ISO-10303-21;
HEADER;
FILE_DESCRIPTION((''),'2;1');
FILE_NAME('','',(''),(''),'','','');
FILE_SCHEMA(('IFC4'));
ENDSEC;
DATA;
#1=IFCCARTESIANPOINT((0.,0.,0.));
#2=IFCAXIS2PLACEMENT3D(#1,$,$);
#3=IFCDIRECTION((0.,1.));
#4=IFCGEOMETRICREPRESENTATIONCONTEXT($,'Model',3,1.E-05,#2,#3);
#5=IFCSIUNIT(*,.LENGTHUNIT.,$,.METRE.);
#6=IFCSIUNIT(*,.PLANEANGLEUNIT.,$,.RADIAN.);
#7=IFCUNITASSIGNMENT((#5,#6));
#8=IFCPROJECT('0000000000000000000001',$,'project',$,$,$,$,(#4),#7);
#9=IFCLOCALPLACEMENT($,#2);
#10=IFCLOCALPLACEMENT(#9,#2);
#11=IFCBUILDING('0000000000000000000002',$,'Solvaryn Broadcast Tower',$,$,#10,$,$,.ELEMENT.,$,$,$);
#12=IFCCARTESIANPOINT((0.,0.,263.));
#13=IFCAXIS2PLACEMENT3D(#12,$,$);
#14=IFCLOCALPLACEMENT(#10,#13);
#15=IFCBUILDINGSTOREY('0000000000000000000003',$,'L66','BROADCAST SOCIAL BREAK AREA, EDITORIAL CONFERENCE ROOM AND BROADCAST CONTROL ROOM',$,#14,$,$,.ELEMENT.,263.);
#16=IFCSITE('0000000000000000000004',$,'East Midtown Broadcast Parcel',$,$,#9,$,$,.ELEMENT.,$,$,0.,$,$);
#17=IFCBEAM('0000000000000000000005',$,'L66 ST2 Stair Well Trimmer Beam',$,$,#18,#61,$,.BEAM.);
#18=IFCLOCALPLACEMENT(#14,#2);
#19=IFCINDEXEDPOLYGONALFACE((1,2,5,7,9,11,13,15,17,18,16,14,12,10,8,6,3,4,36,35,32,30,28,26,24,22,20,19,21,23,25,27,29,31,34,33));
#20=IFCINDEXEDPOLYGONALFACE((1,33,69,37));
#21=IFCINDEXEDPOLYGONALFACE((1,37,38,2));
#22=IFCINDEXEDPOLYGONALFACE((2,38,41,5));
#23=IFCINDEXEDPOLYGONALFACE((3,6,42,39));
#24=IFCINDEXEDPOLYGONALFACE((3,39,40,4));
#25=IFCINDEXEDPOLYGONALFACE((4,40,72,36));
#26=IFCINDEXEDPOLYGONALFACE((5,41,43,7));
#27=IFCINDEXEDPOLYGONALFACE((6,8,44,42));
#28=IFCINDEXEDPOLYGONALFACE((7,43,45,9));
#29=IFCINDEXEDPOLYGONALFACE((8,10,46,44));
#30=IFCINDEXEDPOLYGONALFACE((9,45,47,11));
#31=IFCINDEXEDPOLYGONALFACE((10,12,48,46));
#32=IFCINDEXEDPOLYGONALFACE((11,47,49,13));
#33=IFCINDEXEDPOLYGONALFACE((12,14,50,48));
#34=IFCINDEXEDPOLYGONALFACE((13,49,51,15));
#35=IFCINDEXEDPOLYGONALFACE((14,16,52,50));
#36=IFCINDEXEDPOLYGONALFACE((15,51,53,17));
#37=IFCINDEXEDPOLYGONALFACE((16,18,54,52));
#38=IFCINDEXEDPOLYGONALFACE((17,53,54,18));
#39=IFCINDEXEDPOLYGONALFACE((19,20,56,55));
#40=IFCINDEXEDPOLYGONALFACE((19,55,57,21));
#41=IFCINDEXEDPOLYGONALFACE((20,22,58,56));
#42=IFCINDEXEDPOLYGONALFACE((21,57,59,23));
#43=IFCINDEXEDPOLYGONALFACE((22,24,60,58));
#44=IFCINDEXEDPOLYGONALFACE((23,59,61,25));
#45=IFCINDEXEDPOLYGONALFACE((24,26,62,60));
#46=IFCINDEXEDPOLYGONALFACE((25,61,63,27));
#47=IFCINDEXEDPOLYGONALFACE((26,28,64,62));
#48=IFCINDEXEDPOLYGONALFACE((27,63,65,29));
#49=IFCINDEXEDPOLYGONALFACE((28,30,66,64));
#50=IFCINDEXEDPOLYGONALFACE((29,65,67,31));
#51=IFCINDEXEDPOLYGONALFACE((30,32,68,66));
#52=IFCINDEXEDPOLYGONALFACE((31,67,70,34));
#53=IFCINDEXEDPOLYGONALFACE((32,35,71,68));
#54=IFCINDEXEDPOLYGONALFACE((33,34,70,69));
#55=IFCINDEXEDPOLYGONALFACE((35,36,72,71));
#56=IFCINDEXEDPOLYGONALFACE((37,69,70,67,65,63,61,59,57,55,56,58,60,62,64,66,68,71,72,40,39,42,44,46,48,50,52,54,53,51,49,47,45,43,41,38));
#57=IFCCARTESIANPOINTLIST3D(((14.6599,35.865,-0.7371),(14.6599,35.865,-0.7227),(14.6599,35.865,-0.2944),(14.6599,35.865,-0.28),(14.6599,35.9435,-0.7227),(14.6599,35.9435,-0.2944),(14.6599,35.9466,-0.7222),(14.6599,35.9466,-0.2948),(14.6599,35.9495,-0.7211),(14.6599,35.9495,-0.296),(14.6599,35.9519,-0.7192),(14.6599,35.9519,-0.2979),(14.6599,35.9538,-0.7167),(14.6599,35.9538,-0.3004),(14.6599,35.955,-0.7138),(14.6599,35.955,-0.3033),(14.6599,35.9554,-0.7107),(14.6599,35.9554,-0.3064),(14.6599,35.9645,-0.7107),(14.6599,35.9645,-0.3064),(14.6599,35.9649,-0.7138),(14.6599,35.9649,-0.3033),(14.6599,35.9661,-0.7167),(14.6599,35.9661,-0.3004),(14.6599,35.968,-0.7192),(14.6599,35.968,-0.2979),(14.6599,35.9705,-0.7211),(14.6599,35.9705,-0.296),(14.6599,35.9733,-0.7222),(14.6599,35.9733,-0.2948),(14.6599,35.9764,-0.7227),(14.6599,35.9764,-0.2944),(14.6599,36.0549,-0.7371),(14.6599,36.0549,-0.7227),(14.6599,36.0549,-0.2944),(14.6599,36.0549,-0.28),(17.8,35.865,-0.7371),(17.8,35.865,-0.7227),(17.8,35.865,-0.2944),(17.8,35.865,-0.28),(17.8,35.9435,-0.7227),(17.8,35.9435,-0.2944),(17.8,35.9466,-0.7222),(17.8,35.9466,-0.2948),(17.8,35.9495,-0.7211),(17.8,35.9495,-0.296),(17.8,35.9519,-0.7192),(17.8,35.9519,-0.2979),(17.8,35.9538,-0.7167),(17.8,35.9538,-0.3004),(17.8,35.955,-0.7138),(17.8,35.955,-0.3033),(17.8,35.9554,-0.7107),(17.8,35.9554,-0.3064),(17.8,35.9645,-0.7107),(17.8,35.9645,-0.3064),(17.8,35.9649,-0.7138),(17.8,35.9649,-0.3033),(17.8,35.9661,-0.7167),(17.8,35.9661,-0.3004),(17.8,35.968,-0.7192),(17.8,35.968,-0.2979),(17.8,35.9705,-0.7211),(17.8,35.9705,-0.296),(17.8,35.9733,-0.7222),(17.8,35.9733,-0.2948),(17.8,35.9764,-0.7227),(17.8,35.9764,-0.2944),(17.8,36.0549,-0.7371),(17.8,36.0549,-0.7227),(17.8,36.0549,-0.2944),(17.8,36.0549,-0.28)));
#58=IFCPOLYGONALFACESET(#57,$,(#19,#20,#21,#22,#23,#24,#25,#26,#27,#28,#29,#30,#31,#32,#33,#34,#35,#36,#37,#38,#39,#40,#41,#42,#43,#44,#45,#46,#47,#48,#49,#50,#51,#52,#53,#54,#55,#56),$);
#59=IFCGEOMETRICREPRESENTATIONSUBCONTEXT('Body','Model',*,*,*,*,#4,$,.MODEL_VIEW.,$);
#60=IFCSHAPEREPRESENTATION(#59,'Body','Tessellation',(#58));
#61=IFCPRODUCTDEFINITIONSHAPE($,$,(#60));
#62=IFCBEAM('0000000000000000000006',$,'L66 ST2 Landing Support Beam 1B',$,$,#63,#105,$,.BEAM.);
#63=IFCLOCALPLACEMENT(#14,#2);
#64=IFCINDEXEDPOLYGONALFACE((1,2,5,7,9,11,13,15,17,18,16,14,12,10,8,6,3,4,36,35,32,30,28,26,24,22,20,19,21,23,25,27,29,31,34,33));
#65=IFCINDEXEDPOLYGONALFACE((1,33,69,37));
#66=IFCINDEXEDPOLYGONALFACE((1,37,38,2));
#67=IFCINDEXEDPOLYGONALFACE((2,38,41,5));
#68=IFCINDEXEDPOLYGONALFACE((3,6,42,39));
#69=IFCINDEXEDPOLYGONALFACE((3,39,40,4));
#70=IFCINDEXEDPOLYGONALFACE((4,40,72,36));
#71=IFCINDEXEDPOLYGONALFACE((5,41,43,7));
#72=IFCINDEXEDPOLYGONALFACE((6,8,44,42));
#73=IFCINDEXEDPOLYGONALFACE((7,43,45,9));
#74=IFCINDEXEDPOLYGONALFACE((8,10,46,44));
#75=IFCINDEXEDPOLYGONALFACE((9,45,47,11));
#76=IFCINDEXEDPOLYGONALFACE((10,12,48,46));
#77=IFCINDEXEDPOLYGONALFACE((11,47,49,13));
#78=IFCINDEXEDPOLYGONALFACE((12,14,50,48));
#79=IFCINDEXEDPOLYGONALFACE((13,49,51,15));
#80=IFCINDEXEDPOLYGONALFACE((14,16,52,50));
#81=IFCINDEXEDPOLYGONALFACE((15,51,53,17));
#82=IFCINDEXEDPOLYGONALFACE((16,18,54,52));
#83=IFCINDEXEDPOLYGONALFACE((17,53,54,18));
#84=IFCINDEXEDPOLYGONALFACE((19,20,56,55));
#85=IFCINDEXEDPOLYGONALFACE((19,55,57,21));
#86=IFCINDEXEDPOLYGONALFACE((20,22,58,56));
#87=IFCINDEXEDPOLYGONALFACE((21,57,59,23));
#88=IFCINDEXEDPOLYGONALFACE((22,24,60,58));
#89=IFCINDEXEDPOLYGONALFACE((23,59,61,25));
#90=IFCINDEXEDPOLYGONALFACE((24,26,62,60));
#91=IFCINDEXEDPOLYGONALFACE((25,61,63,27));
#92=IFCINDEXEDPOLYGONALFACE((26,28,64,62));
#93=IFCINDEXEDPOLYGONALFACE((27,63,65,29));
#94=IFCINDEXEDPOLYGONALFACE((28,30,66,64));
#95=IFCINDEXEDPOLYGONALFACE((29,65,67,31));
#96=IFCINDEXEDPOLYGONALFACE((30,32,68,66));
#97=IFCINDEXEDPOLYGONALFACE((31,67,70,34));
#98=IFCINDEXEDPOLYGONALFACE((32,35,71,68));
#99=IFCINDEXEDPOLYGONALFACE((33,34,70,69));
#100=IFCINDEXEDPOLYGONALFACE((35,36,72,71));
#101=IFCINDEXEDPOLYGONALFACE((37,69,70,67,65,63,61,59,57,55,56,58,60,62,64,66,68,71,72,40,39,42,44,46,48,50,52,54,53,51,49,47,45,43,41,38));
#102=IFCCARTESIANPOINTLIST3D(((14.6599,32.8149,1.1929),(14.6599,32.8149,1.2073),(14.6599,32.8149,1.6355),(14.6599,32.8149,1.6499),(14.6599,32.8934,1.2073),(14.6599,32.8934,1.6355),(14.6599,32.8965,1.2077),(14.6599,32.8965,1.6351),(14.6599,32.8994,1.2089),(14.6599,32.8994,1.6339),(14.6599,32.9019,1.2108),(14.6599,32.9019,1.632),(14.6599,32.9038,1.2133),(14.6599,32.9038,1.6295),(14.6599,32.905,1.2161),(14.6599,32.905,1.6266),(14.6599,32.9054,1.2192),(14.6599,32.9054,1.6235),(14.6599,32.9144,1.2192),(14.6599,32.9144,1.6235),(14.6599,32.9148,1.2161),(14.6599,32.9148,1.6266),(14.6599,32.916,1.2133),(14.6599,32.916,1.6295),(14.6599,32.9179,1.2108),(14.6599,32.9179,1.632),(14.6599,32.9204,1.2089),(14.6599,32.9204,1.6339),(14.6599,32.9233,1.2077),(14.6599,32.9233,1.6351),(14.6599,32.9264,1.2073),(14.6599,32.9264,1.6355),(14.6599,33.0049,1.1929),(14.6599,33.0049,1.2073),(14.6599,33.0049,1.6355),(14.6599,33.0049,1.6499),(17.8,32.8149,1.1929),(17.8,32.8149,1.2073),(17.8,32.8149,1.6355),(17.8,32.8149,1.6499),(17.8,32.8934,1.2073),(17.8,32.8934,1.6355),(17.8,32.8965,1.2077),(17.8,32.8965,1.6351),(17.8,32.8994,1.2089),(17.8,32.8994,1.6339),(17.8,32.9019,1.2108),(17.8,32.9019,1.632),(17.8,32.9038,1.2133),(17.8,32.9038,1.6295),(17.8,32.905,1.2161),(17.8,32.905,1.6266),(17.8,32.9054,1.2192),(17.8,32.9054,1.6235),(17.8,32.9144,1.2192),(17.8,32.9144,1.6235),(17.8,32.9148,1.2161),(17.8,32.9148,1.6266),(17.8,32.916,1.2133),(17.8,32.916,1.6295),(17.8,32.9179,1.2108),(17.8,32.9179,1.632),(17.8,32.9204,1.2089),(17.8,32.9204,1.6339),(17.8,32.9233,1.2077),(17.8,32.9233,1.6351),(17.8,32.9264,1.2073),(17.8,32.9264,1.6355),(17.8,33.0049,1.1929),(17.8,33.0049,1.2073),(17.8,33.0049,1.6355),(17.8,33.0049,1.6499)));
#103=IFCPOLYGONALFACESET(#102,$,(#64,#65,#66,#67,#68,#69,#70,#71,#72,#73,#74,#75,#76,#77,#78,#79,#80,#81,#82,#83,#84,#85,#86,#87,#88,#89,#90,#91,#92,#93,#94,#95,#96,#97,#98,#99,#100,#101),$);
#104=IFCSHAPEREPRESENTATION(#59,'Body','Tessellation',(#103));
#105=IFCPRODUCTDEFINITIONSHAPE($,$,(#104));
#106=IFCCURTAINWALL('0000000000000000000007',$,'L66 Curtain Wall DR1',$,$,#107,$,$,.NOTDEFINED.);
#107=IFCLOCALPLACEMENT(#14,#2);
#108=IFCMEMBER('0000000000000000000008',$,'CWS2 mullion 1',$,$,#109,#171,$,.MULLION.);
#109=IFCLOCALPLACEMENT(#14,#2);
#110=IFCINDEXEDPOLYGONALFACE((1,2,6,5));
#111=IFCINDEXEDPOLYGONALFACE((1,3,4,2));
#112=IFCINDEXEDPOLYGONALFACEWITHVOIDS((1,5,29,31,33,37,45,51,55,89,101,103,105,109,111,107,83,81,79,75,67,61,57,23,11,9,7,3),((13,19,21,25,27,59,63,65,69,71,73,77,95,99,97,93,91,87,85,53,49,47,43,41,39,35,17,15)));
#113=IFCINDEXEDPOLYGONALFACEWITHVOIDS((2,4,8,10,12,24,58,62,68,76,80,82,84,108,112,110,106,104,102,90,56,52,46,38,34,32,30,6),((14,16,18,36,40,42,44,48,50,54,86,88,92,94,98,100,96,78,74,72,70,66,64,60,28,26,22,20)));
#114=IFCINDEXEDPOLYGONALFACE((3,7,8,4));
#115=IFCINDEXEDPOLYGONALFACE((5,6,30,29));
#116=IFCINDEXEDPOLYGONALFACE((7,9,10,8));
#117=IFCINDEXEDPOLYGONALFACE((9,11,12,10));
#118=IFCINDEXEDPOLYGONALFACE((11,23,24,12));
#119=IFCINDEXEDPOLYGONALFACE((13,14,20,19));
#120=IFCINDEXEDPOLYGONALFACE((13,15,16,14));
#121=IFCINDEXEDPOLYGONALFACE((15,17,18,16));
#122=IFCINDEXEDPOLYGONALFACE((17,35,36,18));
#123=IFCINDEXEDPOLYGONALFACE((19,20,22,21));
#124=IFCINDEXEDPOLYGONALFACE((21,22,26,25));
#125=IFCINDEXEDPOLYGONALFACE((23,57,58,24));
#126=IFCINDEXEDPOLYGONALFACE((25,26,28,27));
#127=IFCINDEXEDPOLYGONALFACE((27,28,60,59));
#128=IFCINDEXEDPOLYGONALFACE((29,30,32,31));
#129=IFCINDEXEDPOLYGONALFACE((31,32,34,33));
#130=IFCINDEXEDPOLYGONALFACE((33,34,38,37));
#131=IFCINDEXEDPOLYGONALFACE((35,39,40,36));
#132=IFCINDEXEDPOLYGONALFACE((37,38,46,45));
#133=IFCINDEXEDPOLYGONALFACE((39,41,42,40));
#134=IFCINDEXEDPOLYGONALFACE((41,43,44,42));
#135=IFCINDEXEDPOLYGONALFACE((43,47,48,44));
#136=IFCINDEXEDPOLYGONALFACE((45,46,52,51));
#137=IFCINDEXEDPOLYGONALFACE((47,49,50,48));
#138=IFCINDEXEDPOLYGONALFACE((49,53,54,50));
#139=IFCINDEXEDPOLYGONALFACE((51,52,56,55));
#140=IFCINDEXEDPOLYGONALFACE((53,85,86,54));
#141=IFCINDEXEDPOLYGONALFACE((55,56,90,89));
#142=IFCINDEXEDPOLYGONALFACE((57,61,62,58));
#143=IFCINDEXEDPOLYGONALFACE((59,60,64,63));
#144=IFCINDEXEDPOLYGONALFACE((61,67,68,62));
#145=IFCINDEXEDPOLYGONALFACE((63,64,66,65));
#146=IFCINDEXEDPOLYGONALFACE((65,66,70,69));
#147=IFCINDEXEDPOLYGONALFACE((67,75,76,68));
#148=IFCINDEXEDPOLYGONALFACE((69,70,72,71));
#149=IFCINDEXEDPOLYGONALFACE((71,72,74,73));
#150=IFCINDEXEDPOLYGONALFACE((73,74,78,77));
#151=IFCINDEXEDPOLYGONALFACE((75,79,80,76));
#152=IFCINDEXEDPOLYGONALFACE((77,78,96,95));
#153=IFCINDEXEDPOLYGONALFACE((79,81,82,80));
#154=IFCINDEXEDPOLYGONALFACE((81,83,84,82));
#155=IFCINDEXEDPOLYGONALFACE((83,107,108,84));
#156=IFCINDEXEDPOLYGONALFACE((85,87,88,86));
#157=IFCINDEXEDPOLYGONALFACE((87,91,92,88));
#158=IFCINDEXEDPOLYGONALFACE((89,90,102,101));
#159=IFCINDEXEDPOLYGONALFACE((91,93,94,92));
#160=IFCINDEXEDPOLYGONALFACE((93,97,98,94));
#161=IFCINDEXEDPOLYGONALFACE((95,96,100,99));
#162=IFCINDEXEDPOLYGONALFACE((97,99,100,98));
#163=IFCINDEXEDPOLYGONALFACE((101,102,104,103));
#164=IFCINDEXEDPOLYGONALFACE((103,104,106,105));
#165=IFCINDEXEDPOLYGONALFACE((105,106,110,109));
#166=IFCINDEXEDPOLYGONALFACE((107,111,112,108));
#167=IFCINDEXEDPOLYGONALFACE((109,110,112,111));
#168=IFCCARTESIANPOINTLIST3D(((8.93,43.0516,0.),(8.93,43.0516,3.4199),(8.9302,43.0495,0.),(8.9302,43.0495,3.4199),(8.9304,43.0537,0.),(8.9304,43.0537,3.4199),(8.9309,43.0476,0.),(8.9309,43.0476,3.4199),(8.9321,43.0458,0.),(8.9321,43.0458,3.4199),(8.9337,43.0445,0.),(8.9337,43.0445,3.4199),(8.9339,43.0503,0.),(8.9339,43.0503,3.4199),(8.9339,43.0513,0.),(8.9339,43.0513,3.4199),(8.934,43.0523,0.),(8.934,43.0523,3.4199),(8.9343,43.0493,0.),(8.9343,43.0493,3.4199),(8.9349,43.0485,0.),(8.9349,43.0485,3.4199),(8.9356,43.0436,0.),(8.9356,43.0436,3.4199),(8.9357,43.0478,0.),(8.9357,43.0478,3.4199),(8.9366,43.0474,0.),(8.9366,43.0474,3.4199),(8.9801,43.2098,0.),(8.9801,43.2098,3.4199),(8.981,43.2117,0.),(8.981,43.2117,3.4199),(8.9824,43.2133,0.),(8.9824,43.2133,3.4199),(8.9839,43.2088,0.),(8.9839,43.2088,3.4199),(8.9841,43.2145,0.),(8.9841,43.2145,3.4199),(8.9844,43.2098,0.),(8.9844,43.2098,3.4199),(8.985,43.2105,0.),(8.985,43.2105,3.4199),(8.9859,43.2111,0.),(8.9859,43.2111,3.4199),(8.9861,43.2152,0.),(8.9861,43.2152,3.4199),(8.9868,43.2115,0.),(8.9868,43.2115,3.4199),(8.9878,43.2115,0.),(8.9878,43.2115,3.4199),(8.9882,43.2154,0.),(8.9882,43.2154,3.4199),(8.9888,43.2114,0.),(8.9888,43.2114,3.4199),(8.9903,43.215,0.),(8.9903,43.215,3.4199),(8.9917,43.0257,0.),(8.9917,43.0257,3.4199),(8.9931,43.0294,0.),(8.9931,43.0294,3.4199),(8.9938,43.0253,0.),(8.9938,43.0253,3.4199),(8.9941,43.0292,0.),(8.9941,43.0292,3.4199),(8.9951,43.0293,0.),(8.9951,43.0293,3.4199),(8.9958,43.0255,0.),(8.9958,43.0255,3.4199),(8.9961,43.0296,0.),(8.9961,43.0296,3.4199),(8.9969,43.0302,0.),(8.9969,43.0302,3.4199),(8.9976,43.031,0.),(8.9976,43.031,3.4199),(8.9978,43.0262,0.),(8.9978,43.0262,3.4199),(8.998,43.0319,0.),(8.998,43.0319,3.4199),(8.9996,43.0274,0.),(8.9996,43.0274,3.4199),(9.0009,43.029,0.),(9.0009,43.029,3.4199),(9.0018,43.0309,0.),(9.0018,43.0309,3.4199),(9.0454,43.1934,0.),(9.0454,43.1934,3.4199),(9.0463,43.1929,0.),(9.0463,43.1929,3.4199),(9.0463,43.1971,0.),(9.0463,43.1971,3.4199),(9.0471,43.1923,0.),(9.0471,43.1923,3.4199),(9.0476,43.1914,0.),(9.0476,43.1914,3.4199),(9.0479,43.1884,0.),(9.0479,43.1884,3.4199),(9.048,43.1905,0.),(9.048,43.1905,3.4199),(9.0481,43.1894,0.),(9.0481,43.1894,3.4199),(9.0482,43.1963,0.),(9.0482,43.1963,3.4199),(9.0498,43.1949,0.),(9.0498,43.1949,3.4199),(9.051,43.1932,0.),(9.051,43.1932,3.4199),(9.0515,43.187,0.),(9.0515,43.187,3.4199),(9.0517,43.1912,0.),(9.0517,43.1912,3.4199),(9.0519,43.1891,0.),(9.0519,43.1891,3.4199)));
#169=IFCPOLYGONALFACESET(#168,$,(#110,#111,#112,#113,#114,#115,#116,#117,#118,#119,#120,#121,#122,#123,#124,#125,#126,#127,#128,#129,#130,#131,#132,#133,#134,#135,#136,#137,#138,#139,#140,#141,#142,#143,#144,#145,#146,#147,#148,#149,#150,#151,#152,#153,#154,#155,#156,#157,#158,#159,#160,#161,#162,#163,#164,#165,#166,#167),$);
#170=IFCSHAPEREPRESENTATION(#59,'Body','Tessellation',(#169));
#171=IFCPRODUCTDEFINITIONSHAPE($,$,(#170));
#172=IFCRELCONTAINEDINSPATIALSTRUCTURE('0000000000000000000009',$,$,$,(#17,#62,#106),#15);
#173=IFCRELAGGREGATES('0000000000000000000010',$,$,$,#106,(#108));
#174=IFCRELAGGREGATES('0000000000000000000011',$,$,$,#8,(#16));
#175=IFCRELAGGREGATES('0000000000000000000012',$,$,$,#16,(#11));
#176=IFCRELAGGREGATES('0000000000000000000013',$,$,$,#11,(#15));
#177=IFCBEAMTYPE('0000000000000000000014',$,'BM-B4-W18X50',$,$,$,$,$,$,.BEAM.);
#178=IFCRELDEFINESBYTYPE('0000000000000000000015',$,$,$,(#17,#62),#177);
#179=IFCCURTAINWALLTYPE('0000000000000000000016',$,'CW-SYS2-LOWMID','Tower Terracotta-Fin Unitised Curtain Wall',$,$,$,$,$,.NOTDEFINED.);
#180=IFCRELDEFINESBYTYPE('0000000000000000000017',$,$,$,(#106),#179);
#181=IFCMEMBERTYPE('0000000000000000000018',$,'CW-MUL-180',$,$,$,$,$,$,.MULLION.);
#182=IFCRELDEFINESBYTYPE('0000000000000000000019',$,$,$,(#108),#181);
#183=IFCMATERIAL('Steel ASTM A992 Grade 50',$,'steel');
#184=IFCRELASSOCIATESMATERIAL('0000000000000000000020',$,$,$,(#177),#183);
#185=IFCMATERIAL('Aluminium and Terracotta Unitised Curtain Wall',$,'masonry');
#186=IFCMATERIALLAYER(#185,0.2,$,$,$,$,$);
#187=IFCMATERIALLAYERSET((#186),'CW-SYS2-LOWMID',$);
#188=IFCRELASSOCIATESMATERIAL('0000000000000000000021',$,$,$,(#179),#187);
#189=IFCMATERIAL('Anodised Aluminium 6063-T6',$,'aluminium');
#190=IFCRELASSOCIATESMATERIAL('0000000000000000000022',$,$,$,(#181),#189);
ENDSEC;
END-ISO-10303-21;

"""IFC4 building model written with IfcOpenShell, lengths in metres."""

from ifc_helpers import new_model, si_unit, direction, frame, origin, origin_2d, place, context, subcontext, project, spatial, hollow_rectangle, i_section, extrude, material, layer, layer_set, material_profile, profile_set, type_object, element, aggregate, save


model = new_model("IFC4")

# Units and contexts
model_context = context("Model", 3, precision=1e-05, world=origin(), true_north=direction((0.0, 1.0)))
body_context = subcontext(model_context, "Body", "Model", "MODEL_VIEW")
ifc_project = project(units=[si_unit("LENGTHUNIT", "METRE"), si_unit("PLANEANGLEUNIT", "RADIAN")], contexts=[model_context])

# Site, building, storey
site_placement = place(None, origin())
site = spatial("IfcSite", under=ifc_project, at=site_placement, Name="East Midtown Broadcast Parcel", CompositionType="ELEMENT", RefElevation=0.0)
building_placement = place(site_placement, origin())
building = spatial("IfcBuilding", under=site, at=building_placement, Name="Solvaryn Broadcast Tower", CompositionType="ELEMENT")
storey_placement = place(building_placement, frame((0.0, 0.0, 263.0)))
storey = spatial("IfcBuildingStorey", under=building, at=storey_placement, Name="L66", Description="BROADCAST SOCIAL BREAK AREA, EDITORIAL CONFERENCE ROOM AND BROADCAST CONTROL ROOM", CompositionType="ELEMENT", Elevation=263.0)

# Beams
ifc_material_1 = material(Name="Steel ASTM A992 Grade 50", Category="steel")
ifc_material_profile_1 = material_profile(ifc_material_1, i_section(OverallWidth=0.1899, OverallDepth=0.457, WebThickness=0.009, FlangeThickness=0.0144, FilletRadius=0.012, at=origin_2d()))
ifc_profile_set_1 = profile_set([ifc_material_profile_1], Name="Steel ASTM A992 Grade 50")
beam_type_1 = type_object("IfcBeamType", Name="BM-B4-W18X50", PredefinedType="BEAM", material=ifc_profile_set_1)
for number, where, z_axis, x_axis, name in (
    (1, (14.6599, 35.96, -0.5085), (1.0, 0.0, 0.0), (0.0, 1.0, 0.0), "L66 ST2 Stair Well Trimmer Beam"),
    (2, (14.6599, 32.9099, 1.4214), (1.0, 0.0, 0.0), (0.0, 1.0, 0.0), "L66 ST2 Landing Support Beam 1B"),
):
    element("IfcBeam", number, at=place(storey_placement, frame(where, z_axis=z_axis, x_axis=x_axis)), inside=storey, type_object=beam_type_1, Name=name, PredefinedType="BEAM", context=body_context, shape_type="SweptSolid", body=[
        extrude(i_section(OverallWidth=0.1899, OverallDepth=0.457, WebThickness=0.009, FlangeThickness=0.0144, FilletRadius=0.012, at=origin_2d()), origin(), (0.0, 0.0, 1.0), 3.1401),
    ])

# Curtain wall, member
ifc_material_2 = material(Name="Aluminium and Terracotta Unitised Curtain Wall", Category="masonry")
ifc_layer_1 = layer(ifc_material_2, 0.2)
ifc_layer_set_1 = layer_set([ifc_layer_1], Name="CW-SYS2-LOWMID")
curtain_wall_type = type_object("IfcCurtainWallType", Name="CW-SYS2-LOWMID", Description="Tower Terracotta-Fin Unitised Curtain Wall", PredefinedType="NOTDEFINED", material=ifc_layer_set_1)
curtain_wall_1_placement = place(storey_placement, origin())
curtain_wall_1 = element("IfcCurtainWall", 3, at=curtain_wall_1_placement, inside=storey, type_object=curtain_wall_type, Name="L66 Curtain Wall DR1", PredefinedType="NOTDEFINED")
ifc_material_3 = material(Name="Anodised Aluminium 6063-T6", Category="aluminium")
ifc_material_profile_2 = material_profile(ifc_material_3, hollow_rectangle(XDim=0.075, YDim=0.1799, WallThickness=0.0039, InnerFilletRadius=0.0039, OuterFilletRadius=0.0081, at=origin_2d()))
ifc_profile_set_2 = profile_set([ifc_material_profile_2], Name="Anodised Aluminium 6063-T6")
member_type_1 = type_object("IfcMemberType", Name="CW-MUL-180", PredefinedType="MULLION", material=ifc_profile_set_2)
member_1_placement = place(storey_placement, frame((8.991, 43.1204, 0.0), z_axis=(0.0, 0.0, 1.0), x_axis=(0.952795, -0.303616, 0.0)))
member_1 = element("IfcMember", 4, at=member_1_placement, type_object=member_type_1, Name="CWS2 mullion 1", PredefinedType="MULLION", context=body_context, shape_type="SweptSolid", body=[
    extrude(hollow_rectangle(XDim=0.075, YDim=0.1799, WallThickness=0.0039, InnerFilletRadius=0.0039, OuterFilletRadius=0.0081, at=origin_2d()), origin(), (0.0, 0.0, 1.0), 3.4199),
])

aggregate(curtain_wall_1, [member_1])

save(model, "model.ifc")
